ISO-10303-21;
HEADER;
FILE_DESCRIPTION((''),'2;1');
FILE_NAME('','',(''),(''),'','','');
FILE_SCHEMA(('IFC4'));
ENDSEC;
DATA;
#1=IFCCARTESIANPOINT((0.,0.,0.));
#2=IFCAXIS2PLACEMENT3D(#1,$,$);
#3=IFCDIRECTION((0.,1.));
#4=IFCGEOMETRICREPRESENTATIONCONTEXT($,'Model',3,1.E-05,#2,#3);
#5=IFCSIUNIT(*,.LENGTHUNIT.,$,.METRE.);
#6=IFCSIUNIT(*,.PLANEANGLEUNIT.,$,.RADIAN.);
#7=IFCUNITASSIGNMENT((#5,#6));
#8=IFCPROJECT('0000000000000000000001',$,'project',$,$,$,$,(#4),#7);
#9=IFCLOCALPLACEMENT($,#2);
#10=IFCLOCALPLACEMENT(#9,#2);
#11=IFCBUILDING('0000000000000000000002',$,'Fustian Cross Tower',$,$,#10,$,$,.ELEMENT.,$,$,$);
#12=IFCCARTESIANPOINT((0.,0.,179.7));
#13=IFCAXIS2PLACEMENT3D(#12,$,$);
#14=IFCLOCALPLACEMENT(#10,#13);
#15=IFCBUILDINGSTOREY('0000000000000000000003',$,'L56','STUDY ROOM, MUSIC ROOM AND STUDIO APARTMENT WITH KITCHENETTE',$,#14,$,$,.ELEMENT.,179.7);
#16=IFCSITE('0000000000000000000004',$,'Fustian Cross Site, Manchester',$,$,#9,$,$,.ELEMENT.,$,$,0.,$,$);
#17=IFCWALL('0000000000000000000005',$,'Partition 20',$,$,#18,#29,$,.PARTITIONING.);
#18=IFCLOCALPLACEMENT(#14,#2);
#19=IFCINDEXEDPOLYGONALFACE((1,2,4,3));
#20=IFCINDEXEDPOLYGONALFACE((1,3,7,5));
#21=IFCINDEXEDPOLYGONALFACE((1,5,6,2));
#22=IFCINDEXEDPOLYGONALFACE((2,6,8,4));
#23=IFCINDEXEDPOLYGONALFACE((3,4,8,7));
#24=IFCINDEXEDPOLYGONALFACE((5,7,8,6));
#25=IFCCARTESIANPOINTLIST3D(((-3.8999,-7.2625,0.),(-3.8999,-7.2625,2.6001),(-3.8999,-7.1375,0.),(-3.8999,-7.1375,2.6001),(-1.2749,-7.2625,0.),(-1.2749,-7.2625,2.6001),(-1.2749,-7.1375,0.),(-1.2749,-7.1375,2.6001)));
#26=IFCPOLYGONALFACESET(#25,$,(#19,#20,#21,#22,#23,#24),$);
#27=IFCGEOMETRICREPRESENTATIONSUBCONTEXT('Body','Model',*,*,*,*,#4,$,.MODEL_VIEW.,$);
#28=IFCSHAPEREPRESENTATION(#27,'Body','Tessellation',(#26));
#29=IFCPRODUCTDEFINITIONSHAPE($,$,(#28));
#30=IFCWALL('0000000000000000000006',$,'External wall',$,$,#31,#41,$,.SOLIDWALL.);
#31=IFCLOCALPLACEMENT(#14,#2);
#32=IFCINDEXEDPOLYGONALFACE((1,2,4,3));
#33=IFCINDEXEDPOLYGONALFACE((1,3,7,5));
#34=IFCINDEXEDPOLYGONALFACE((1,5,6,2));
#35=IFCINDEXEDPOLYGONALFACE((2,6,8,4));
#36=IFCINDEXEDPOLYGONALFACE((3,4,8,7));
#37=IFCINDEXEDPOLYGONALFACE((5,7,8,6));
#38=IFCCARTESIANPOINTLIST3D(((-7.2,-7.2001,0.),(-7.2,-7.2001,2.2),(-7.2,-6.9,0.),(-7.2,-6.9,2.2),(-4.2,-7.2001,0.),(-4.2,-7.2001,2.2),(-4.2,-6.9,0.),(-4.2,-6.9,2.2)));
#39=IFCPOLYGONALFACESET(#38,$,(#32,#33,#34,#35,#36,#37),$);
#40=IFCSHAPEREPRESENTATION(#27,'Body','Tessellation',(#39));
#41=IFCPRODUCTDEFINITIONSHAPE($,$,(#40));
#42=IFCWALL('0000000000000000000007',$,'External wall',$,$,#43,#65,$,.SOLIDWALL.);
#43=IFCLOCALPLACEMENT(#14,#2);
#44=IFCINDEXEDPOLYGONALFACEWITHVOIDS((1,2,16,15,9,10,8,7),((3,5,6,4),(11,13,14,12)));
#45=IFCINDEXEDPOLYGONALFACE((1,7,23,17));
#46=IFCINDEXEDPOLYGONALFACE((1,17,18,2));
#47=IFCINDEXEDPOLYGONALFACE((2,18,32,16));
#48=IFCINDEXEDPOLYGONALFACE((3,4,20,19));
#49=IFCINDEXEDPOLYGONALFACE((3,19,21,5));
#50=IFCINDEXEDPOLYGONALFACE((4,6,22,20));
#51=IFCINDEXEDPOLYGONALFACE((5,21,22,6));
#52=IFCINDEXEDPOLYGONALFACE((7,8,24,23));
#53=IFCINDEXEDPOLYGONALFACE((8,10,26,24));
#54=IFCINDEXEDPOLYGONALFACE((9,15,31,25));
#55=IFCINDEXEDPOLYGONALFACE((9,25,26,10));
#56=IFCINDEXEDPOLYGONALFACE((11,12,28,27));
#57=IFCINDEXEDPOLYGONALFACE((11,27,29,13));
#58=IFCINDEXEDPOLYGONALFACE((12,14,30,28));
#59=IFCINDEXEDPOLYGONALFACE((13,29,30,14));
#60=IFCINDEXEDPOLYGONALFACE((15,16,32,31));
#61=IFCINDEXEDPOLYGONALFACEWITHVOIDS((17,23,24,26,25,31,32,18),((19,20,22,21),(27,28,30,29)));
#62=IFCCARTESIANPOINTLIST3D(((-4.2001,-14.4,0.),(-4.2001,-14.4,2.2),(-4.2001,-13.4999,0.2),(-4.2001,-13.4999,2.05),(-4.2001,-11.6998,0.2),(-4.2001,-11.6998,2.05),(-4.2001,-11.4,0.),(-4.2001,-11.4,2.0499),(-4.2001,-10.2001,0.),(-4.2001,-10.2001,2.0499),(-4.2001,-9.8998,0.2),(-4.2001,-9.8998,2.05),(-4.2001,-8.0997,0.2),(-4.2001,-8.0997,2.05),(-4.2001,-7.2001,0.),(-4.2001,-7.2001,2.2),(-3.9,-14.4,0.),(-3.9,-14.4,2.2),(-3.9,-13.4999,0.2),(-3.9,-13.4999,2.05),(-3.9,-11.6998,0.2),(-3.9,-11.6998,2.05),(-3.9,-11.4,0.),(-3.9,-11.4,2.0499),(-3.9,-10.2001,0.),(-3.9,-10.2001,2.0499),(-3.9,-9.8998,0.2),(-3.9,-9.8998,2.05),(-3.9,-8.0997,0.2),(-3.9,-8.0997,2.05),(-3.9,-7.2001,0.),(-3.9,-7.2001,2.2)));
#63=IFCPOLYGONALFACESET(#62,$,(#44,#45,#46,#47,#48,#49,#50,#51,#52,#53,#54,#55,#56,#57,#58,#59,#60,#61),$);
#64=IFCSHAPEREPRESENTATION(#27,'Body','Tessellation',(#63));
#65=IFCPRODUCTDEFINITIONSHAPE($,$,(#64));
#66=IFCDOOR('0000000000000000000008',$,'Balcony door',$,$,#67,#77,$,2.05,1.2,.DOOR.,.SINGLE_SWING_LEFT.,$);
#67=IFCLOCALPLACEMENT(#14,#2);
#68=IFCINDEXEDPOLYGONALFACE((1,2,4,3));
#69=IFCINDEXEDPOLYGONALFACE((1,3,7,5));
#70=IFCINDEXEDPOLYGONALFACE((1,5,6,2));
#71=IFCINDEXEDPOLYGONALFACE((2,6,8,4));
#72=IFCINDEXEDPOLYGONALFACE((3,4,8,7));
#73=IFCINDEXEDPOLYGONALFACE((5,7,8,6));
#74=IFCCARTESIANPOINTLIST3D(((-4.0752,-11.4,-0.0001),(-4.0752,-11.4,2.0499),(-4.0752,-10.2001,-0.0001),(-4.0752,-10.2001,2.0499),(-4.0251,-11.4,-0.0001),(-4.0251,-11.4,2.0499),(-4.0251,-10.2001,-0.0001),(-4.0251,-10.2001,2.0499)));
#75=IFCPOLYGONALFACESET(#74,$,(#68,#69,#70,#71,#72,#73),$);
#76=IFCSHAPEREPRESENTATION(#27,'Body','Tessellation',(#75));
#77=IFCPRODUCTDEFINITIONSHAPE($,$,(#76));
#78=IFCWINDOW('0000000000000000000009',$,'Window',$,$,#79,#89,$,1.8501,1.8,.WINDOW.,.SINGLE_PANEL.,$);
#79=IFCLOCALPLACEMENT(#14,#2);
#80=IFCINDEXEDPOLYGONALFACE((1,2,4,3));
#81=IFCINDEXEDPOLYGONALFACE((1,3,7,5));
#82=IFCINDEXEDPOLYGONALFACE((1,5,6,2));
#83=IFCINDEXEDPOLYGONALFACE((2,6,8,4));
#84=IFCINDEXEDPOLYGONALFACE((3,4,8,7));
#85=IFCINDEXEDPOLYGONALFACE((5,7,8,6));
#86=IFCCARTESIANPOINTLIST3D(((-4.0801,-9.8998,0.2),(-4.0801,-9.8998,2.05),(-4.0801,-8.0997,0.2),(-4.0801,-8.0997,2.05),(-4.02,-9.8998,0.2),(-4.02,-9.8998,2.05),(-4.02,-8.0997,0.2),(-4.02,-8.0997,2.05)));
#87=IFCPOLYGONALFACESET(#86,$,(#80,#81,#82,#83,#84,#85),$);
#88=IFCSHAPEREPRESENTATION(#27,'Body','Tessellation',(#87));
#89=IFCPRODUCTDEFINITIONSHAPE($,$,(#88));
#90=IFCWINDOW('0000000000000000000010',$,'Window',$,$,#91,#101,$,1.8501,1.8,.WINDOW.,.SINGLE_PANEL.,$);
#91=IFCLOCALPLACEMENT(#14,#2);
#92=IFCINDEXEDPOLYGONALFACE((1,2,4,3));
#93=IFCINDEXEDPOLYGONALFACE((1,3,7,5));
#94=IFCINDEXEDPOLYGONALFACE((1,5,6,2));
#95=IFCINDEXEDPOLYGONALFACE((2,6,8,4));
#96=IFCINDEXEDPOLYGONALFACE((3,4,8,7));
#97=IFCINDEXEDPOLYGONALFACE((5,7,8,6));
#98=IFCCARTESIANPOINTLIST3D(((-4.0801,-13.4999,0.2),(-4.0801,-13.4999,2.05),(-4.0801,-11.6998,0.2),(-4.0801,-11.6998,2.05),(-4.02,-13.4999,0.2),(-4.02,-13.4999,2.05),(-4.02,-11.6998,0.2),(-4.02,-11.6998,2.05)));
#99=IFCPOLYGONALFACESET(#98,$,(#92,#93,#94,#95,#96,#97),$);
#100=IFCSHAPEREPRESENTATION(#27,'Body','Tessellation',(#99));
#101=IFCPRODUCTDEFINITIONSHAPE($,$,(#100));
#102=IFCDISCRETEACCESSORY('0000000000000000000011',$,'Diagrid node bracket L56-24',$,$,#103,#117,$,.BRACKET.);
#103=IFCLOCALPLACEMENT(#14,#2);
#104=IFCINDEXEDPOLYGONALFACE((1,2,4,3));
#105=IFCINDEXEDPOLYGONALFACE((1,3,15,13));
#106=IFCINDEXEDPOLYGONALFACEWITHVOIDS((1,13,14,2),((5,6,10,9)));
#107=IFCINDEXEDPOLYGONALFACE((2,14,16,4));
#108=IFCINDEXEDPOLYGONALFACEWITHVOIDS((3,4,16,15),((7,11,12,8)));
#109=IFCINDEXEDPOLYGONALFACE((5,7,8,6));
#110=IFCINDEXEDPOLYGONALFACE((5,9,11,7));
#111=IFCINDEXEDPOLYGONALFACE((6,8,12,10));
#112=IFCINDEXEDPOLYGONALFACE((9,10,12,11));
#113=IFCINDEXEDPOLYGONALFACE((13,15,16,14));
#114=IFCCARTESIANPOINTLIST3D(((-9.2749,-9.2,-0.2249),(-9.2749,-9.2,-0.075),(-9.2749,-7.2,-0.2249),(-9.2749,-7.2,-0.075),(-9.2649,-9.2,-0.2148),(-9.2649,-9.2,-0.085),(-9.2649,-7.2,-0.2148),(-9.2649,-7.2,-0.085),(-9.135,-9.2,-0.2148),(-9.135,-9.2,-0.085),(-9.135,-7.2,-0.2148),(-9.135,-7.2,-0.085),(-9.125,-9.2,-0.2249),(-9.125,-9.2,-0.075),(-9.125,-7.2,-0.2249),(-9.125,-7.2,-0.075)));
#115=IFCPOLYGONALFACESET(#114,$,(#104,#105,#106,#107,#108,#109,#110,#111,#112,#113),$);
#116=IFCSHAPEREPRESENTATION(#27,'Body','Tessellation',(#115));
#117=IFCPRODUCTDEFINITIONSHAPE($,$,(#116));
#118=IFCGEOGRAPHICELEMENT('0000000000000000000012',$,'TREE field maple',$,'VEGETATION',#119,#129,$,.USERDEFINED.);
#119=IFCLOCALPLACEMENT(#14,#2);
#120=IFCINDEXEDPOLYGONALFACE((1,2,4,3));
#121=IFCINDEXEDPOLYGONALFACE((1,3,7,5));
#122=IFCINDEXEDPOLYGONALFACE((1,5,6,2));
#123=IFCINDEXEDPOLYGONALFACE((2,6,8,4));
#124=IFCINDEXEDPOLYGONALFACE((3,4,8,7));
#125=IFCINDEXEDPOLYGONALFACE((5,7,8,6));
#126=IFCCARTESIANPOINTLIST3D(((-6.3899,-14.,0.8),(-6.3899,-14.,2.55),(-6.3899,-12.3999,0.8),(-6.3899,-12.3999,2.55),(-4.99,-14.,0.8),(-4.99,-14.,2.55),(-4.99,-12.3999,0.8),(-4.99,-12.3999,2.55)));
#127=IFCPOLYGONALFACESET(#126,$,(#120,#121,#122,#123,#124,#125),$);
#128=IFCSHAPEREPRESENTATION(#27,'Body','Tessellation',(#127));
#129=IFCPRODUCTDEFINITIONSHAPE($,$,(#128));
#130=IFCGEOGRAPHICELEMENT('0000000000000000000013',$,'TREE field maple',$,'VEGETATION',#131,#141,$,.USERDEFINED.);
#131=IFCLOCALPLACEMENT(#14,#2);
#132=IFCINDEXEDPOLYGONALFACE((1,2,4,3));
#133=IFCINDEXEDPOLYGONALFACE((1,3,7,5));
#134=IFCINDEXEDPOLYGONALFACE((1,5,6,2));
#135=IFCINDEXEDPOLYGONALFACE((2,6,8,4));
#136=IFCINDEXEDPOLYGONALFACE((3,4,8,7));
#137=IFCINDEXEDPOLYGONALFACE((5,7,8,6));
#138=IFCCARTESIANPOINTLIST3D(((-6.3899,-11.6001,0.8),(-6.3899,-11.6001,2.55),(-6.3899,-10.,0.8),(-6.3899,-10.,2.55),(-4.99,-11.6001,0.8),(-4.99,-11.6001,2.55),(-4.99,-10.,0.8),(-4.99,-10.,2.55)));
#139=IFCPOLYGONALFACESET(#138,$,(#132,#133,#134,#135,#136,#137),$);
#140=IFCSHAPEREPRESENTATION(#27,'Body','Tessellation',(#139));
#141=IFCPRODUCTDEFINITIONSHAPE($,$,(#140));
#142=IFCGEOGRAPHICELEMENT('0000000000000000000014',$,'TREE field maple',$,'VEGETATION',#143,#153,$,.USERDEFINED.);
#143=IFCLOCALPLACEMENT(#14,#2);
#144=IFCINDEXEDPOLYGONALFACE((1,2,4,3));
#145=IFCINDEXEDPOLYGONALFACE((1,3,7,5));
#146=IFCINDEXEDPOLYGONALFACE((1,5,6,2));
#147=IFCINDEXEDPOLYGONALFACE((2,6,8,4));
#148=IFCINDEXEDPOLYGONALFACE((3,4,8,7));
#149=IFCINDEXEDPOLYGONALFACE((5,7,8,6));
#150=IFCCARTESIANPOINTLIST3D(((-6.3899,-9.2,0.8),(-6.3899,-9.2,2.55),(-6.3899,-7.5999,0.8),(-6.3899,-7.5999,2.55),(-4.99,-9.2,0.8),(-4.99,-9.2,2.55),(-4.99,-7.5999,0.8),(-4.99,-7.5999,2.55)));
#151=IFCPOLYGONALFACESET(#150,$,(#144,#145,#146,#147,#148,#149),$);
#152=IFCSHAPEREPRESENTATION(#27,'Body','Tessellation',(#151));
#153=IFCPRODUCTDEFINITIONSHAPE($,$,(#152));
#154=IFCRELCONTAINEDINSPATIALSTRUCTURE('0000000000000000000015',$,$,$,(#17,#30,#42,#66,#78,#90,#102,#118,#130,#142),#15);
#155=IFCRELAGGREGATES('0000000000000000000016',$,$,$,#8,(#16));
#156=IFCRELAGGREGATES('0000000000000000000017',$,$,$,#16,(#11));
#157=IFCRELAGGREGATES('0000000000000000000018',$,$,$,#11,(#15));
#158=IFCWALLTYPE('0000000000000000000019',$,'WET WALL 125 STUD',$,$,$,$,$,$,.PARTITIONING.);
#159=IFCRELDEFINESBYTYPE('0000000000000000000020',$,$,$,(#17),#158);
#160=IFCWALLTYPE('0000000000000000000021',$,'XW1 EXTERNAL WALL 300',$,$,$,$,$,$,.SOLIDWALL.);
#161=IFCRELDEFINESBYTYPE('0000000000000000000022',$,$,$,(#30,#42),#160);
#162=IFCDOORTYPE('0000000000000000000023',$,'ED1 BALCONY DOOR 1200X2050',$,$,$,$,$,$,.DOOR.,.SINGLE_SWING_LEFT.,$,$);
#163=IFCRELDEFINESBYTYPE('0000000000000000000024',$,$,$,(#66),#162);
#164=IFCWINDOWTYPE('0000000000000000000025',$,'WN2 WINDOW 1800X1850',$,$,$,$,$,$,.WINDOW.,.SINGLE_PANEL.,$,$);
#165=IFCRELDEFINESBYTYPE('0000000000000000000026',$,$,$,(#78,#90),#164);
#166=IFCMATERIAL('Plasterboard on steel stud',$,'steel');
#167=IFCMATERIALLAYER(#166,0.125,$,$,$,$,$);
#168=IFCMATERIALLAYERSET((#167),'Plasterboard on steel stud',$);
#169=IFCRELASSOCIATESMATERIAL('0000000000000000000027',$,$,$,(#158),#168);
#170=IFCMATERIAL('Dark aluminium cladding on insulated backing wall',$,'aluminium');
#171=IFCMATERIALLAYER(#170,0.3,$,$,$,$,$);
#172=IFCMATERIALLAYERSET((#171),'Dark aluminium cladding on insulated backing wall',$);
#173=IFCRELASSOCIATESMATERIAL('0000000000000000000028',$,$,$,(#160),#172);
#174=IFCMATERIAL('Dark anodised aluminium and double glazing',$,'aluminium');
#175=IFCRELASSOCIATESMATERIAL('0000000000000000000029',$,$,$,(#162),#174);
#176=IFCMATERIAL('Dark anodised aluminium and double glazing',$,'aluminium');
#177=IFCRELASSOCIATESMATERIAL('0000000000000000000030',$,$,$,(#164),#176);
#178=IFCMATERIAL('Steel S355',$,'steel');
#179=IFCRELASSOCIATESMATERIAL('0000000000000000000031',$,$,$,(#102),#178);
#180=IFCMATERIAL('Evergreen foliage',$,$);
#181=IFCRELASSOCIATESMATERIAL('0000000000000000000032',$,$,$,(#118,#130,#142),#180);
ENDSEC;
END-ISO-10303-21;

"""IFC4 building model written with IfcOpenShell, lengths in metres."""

from ifc_helpers import new_model, si_unit, direction, frame, frame_2d, origin, origin_2d, place, context, subcontext, project, spatial, rectangle, hollow_rectangle, extrude, material, layer, layer_set, type_object, element, fill, save


model = new_model("IFC4")

# Units and contexts
model_context = context("Model", 3, precision=1e-05, world=origin(), true_north=direction((0.0, 1.0)))
body_context = subcontext(model_context, "Body", "Model", "MODEL_VIEW")
ifc_project = project(units=[si_unit("LENGTHUNIT", "METRE"), si_unit("PLANEANGLEUNIT", "RADIAN")], contexts=[model_context])

# Site, building, storey
site_placement = place(None, origin())
site = spatial("IfcSite", under=ifc_project, at=site_placement, Name="Fustian Cross Site, Manchester", CompositionType="ELEMENT", RefElevation=0.0)
building_placement = place(site_placement, origin())
building = spatial("IfcBuilding", under=site, at=building_placement, Name="Fustian Cross Tower", CompositionType="ELEMENT")
storey_placement = place(building_placement, frame((0.0, 0.0, 179.7)))
storey = spatial("IfcBuildingStorey", under=building, at=storey_placement, Name="L56", Description="STUDY ROOM, MUSIC ROOM AND STUDIO APARTMENT WITH KITCHENETTE", CompositionType="ELEMENT", Elevation=179.7)

# Walls
ifc_material_1 = material(Name="Plasterboard on steel stud", Category="steel")
ifc_layer_1 = layer(ifc_material_1, 0.125)
ifc_layer_set_1 = layer_set([ifc_layer_1], Name="Plasterboard on steel stud")
wall_type_1 = type_object("IfcWallType", Name="WET WALL 125 STUD", PredefinedType="PARTITIONING", material=ifc_layer_set_1)
wall_1_placement = place(storey_placement, frame((-3.8999, -7.2, 0.0), z_axis=(0.0, 0.0, 1.0), x_axis=(1.0, 0.0, 0.0)))
element("IfcWall", 1, at=wall_1_placement, inside=storey, type_object=wall_type_1, Name="Partition 20", PredefinedType="PARTITIONING", context=body_context, shape_type="SweptSolid", body=[
    extrude(rectangle(XDim=2.625, YDim=0.125, at=frame_2d((1.3125, 0.0))), origin(), (0.0, 0.0, 1.0), 2.6001),
])
ifc_material_2 = material(Name="Dark aluminium cladding on insulated backing wall", Category="aluminium")
ifc_layer_2 = layer(ifc_material_2, 0.3)
ifc_layer_set_2 = layer_set([ifc_layer_2], Name="Dark aluminium cladding on insulated backing wall")
wall_type_2 = type_object("IfcWallType", Name="XW1 EXTERNAL WALL 300", PredefinedType="SOLIDWALL", material=ifc_layer_set_2)
wall_2_placement = place(storey_placement, frame((-7.2, -7.05, 0.0), z_axis=(0.0, 0.0, 1.0), x_axis=(1.0, 0.0, 0.0)))
element("IfcWall", 2, at=wall_2_placement, inside=storey, type_object=wall_type_2, Name="External wall", PredefinedType="SOLIDWALL", context=body_context, shape_type="SweptSolid", body=[
    extrude(rectangle(XDim=3.0, YDim=0.3, at=frame_2d((1.5, 0.0))), origin(), (0.0, 0.0, 1.0), 2.2),
])

# Wall, openings, door, windows
wall_3_placement = place(storey_placement, frame((-4.05, -7.2, 0.0), z_axis=(0.0, 0.0, 1.0), x_axis=(0.0, -1.0, 0.0)))
wall_3 = element("IfcWall", 3, at=wall_3_placement, inside=storey, type_object=wall_type_2, Name="External wall", PredefinedType="SOLIDWALL", context=body_context, shape_type="SweptSolid", body=[
    extrude(rectangle(XDim=7.2, YDim=0.3, at=frame_2d((3.6001, 0.0))), origin(), (0.0, 0.0, 1.0), 2.2),
])
opening_1_placement = place(wall_3_placement, frame((3.0, 0.0, 0.0)))
opening_1 = element("IfcOpeningElement", 4, at=opening_1_placement, cuts=wall_3, PredefinedType="OPENING", context=body_context, shape_type="SweptSolid", body=[
    extrude(rectangle(XDim=1.2, YDim=2.05, at=frame_2d((0.6001, 1.0249))), frame((0.0, 0.1599, 0.0), z_axis=(0.0, -1.0, 0.0), x_axis=(1.0, 0.0, 0.0)), (0.0, 0.0, 1.0), 0.3201),
])
opening_2_placement = place(wall_3_placement, frame((0.8999, 0.0, 0.2)))
opening_2 = element("IfcOpeningElement", 5, at=opening_2_placement, cuts=wall_3, PredefinedType="OPENING", context=body_context, shape_type="SweptSolid", body=[
    extrude(rectangle(XDim=1.8, YDim=1.8501, at=frame_2d((0.8999, 0.925))), frame((0.0, 0.1599, 0.0), z_axis=(0.0, -1.0, 0.0), x_axis=(1.0, 0.0, 0.0)), (0.0, 0.0, 1.0), 0.3201),
])
opening_3_placement = place(wall_3_placement, frame((4.5, 0.0, 0.2)))
opening_3 = element("IfcOpeningElement", 6, at=opening_3_placement, cuts=wall_3, PredefinedType="OPENING", context=body_context, shape_type="SweptSolid", body=[
    extrude(rectangle(XDim=1.8, YDim=1.8501, at=frame_2d((0.8999, 0.925))), frame((0.0, 0.1599, 0.0), z_axis=(0.0, -1.0, 0.0), x_axis=(1.0, 0.0, 0.0)), (0.0, 0.0, 1.0), 0.3201),
])
ifc_material_3 = material(Name="Dark anodised aluminium and double glazing", Category="aluminium")
door_type_1 = type_object("IfcDoorType", Name="ED1 BALCONY DOOR 1200X2050", OperationType="SINGLE_SWING_LEFT", PredefinedType="DOOR", material=ifc_material_3)
door_1_placement = place(opening_1_placement, origin())
door_1 = element("IfcDoor", 7, at=door_1_placement, inside=storey, type_object=door_type_1, Name="Balcony door", OperationType="SINGLE_SWING_LEFT", OverallHeight=2.05, OverallWidth=1.2, PredefinedType="DOOR", context=body_context, shape_type="SweptSolid", body=[
    extrude(rectangle(XDim=1.2, YDim=2.05, at=frame_2d((0.6001, 1.0249))), frame((0.0, 0.0249, 0.0), z_axis=(0.0, -1.0, 0.0), x_axis=(1.0, 0.0, 0.0)), (0.0, 0.0, 1.0), 0.05),
])
fill(opening_1, door_1)
ifc_material_4 = material(Name="Dark anodised aluminium and double glazing", Category="aluminium")
window_type = type_object("IfcWindowType", Name="WN2 WINDOW 1800X1850", PartitioningType="SINGLE_PANEL", PredefinedType="WINDOW", material=ifc_material_4)
window_1_placement = place(opening_2_placement, origin())
window_1 = element("IfcWindow", 8, at=window_1_placement, inside=storey, type_object=window_type, Name="Window", OverallHeight=1.8501, OverallWidth=1.8, PartitioningType="SINGLE_PANEL", PredefinedType="WINDOW", context=body_context, shape_type="SweptSolid", body=[
    extrude(rectangle(XDim=1.8, YDim=1.8501, at=frame_2d((0.8999, 0.925))), frame((0.0, 0.03, 0.0), z_axis=(0.0, -1.0, 0.0), x_axis=(1.0, 0.0, 0.0)), (0.0, 0.0, 1.0), 0.0601),
])
fill(opening_2, window_1)
window_2_placement = place(opening_3_placement, origin())
window_2 = element("IfcWindow", 9, at=window_2_placement, inside=storey, type_object=window_type, Name="Window", OverallHeight=1.8501, OverallWidth=1.8, PartitioningType="SINGLE_PANEL", PredefinedType="WINDOW", context=body_context, shape_type="SweptSolid", body=[
    extrude(rectangle(XDim=1.8, YDim=1.8501, at=frame_2d((0.8999, 0.925))), frame((0.0, 0.03, 0.0), z_axis=(0.0, -1.0, 0.0), x_axis=(1.0, 0.0, 0.0)), (0.0, 0.0, 1.0), 0.0601),
])
fill(opening_3, window_2)

# Discrete accessory
ifc_material_5 = material(Name="Steel S355", Category="steel")
discrete_accessory_placement = place(storey_placement, frame((-9.2, -9.2, -0.1499), z_axis=(0.0, 1.0, 0.0), x_axis=(-1.0, 0.0, 0.0)))
element("IfcDiscreteAccessory", 10, at=discrete_accessory_placement, inside=storey, material=ifc_material_5, Name="Diagrid node bracket L56-24", PredefinedType="BRACKET", context=body_context, shape_type="SweptSolid", body=[
    extrude(hollow_rectangle(XDim=0.1499, YDim=0.1499, WallThickness=0.01, at=origin_2d()), origin(), (0.0, 0.0, 1.0), 2.0),
])

# Geographic elements
ifc_material_6 = material(Name="Evergreen foliage")
for number, where, z_axis, x_axis, name in (
    (11, (-5.6899, -13.2, 0.8), (0.0, 0.0, 1.0), (1.0, 0.0, 0.0), "TREE field maple"),
    (12, (-5.6899, -10.8, 0.8), (0.0, 0.0, 1.0), (1.0, 0.0, 0.0), "TREE field maple"),
    (13, (-5.6899, -8.3999, 0.8), (0.0, 0.0, 1.0), (1.0, 0.0, 0.0), "TREE field maple"),
):
    element("IfcGeographicElement", number, at=place(storey_placement, frame(where, z_axis=z_axis, x_axis=x_axis)), inside=storey, material=ifc_material_6, Name=name, ObjectType="VEGETATION", PredefinedType="USERDEFINED", context=body_context, shape_type="SweptSolid", body=[
        extrude(rectangle(XDim=1.3999, YDim=1.6001, at=origin_2d()), origin(), (0.0, 0.0, 1.0), 1.75),
    ])

save(model, "model.ifc")
